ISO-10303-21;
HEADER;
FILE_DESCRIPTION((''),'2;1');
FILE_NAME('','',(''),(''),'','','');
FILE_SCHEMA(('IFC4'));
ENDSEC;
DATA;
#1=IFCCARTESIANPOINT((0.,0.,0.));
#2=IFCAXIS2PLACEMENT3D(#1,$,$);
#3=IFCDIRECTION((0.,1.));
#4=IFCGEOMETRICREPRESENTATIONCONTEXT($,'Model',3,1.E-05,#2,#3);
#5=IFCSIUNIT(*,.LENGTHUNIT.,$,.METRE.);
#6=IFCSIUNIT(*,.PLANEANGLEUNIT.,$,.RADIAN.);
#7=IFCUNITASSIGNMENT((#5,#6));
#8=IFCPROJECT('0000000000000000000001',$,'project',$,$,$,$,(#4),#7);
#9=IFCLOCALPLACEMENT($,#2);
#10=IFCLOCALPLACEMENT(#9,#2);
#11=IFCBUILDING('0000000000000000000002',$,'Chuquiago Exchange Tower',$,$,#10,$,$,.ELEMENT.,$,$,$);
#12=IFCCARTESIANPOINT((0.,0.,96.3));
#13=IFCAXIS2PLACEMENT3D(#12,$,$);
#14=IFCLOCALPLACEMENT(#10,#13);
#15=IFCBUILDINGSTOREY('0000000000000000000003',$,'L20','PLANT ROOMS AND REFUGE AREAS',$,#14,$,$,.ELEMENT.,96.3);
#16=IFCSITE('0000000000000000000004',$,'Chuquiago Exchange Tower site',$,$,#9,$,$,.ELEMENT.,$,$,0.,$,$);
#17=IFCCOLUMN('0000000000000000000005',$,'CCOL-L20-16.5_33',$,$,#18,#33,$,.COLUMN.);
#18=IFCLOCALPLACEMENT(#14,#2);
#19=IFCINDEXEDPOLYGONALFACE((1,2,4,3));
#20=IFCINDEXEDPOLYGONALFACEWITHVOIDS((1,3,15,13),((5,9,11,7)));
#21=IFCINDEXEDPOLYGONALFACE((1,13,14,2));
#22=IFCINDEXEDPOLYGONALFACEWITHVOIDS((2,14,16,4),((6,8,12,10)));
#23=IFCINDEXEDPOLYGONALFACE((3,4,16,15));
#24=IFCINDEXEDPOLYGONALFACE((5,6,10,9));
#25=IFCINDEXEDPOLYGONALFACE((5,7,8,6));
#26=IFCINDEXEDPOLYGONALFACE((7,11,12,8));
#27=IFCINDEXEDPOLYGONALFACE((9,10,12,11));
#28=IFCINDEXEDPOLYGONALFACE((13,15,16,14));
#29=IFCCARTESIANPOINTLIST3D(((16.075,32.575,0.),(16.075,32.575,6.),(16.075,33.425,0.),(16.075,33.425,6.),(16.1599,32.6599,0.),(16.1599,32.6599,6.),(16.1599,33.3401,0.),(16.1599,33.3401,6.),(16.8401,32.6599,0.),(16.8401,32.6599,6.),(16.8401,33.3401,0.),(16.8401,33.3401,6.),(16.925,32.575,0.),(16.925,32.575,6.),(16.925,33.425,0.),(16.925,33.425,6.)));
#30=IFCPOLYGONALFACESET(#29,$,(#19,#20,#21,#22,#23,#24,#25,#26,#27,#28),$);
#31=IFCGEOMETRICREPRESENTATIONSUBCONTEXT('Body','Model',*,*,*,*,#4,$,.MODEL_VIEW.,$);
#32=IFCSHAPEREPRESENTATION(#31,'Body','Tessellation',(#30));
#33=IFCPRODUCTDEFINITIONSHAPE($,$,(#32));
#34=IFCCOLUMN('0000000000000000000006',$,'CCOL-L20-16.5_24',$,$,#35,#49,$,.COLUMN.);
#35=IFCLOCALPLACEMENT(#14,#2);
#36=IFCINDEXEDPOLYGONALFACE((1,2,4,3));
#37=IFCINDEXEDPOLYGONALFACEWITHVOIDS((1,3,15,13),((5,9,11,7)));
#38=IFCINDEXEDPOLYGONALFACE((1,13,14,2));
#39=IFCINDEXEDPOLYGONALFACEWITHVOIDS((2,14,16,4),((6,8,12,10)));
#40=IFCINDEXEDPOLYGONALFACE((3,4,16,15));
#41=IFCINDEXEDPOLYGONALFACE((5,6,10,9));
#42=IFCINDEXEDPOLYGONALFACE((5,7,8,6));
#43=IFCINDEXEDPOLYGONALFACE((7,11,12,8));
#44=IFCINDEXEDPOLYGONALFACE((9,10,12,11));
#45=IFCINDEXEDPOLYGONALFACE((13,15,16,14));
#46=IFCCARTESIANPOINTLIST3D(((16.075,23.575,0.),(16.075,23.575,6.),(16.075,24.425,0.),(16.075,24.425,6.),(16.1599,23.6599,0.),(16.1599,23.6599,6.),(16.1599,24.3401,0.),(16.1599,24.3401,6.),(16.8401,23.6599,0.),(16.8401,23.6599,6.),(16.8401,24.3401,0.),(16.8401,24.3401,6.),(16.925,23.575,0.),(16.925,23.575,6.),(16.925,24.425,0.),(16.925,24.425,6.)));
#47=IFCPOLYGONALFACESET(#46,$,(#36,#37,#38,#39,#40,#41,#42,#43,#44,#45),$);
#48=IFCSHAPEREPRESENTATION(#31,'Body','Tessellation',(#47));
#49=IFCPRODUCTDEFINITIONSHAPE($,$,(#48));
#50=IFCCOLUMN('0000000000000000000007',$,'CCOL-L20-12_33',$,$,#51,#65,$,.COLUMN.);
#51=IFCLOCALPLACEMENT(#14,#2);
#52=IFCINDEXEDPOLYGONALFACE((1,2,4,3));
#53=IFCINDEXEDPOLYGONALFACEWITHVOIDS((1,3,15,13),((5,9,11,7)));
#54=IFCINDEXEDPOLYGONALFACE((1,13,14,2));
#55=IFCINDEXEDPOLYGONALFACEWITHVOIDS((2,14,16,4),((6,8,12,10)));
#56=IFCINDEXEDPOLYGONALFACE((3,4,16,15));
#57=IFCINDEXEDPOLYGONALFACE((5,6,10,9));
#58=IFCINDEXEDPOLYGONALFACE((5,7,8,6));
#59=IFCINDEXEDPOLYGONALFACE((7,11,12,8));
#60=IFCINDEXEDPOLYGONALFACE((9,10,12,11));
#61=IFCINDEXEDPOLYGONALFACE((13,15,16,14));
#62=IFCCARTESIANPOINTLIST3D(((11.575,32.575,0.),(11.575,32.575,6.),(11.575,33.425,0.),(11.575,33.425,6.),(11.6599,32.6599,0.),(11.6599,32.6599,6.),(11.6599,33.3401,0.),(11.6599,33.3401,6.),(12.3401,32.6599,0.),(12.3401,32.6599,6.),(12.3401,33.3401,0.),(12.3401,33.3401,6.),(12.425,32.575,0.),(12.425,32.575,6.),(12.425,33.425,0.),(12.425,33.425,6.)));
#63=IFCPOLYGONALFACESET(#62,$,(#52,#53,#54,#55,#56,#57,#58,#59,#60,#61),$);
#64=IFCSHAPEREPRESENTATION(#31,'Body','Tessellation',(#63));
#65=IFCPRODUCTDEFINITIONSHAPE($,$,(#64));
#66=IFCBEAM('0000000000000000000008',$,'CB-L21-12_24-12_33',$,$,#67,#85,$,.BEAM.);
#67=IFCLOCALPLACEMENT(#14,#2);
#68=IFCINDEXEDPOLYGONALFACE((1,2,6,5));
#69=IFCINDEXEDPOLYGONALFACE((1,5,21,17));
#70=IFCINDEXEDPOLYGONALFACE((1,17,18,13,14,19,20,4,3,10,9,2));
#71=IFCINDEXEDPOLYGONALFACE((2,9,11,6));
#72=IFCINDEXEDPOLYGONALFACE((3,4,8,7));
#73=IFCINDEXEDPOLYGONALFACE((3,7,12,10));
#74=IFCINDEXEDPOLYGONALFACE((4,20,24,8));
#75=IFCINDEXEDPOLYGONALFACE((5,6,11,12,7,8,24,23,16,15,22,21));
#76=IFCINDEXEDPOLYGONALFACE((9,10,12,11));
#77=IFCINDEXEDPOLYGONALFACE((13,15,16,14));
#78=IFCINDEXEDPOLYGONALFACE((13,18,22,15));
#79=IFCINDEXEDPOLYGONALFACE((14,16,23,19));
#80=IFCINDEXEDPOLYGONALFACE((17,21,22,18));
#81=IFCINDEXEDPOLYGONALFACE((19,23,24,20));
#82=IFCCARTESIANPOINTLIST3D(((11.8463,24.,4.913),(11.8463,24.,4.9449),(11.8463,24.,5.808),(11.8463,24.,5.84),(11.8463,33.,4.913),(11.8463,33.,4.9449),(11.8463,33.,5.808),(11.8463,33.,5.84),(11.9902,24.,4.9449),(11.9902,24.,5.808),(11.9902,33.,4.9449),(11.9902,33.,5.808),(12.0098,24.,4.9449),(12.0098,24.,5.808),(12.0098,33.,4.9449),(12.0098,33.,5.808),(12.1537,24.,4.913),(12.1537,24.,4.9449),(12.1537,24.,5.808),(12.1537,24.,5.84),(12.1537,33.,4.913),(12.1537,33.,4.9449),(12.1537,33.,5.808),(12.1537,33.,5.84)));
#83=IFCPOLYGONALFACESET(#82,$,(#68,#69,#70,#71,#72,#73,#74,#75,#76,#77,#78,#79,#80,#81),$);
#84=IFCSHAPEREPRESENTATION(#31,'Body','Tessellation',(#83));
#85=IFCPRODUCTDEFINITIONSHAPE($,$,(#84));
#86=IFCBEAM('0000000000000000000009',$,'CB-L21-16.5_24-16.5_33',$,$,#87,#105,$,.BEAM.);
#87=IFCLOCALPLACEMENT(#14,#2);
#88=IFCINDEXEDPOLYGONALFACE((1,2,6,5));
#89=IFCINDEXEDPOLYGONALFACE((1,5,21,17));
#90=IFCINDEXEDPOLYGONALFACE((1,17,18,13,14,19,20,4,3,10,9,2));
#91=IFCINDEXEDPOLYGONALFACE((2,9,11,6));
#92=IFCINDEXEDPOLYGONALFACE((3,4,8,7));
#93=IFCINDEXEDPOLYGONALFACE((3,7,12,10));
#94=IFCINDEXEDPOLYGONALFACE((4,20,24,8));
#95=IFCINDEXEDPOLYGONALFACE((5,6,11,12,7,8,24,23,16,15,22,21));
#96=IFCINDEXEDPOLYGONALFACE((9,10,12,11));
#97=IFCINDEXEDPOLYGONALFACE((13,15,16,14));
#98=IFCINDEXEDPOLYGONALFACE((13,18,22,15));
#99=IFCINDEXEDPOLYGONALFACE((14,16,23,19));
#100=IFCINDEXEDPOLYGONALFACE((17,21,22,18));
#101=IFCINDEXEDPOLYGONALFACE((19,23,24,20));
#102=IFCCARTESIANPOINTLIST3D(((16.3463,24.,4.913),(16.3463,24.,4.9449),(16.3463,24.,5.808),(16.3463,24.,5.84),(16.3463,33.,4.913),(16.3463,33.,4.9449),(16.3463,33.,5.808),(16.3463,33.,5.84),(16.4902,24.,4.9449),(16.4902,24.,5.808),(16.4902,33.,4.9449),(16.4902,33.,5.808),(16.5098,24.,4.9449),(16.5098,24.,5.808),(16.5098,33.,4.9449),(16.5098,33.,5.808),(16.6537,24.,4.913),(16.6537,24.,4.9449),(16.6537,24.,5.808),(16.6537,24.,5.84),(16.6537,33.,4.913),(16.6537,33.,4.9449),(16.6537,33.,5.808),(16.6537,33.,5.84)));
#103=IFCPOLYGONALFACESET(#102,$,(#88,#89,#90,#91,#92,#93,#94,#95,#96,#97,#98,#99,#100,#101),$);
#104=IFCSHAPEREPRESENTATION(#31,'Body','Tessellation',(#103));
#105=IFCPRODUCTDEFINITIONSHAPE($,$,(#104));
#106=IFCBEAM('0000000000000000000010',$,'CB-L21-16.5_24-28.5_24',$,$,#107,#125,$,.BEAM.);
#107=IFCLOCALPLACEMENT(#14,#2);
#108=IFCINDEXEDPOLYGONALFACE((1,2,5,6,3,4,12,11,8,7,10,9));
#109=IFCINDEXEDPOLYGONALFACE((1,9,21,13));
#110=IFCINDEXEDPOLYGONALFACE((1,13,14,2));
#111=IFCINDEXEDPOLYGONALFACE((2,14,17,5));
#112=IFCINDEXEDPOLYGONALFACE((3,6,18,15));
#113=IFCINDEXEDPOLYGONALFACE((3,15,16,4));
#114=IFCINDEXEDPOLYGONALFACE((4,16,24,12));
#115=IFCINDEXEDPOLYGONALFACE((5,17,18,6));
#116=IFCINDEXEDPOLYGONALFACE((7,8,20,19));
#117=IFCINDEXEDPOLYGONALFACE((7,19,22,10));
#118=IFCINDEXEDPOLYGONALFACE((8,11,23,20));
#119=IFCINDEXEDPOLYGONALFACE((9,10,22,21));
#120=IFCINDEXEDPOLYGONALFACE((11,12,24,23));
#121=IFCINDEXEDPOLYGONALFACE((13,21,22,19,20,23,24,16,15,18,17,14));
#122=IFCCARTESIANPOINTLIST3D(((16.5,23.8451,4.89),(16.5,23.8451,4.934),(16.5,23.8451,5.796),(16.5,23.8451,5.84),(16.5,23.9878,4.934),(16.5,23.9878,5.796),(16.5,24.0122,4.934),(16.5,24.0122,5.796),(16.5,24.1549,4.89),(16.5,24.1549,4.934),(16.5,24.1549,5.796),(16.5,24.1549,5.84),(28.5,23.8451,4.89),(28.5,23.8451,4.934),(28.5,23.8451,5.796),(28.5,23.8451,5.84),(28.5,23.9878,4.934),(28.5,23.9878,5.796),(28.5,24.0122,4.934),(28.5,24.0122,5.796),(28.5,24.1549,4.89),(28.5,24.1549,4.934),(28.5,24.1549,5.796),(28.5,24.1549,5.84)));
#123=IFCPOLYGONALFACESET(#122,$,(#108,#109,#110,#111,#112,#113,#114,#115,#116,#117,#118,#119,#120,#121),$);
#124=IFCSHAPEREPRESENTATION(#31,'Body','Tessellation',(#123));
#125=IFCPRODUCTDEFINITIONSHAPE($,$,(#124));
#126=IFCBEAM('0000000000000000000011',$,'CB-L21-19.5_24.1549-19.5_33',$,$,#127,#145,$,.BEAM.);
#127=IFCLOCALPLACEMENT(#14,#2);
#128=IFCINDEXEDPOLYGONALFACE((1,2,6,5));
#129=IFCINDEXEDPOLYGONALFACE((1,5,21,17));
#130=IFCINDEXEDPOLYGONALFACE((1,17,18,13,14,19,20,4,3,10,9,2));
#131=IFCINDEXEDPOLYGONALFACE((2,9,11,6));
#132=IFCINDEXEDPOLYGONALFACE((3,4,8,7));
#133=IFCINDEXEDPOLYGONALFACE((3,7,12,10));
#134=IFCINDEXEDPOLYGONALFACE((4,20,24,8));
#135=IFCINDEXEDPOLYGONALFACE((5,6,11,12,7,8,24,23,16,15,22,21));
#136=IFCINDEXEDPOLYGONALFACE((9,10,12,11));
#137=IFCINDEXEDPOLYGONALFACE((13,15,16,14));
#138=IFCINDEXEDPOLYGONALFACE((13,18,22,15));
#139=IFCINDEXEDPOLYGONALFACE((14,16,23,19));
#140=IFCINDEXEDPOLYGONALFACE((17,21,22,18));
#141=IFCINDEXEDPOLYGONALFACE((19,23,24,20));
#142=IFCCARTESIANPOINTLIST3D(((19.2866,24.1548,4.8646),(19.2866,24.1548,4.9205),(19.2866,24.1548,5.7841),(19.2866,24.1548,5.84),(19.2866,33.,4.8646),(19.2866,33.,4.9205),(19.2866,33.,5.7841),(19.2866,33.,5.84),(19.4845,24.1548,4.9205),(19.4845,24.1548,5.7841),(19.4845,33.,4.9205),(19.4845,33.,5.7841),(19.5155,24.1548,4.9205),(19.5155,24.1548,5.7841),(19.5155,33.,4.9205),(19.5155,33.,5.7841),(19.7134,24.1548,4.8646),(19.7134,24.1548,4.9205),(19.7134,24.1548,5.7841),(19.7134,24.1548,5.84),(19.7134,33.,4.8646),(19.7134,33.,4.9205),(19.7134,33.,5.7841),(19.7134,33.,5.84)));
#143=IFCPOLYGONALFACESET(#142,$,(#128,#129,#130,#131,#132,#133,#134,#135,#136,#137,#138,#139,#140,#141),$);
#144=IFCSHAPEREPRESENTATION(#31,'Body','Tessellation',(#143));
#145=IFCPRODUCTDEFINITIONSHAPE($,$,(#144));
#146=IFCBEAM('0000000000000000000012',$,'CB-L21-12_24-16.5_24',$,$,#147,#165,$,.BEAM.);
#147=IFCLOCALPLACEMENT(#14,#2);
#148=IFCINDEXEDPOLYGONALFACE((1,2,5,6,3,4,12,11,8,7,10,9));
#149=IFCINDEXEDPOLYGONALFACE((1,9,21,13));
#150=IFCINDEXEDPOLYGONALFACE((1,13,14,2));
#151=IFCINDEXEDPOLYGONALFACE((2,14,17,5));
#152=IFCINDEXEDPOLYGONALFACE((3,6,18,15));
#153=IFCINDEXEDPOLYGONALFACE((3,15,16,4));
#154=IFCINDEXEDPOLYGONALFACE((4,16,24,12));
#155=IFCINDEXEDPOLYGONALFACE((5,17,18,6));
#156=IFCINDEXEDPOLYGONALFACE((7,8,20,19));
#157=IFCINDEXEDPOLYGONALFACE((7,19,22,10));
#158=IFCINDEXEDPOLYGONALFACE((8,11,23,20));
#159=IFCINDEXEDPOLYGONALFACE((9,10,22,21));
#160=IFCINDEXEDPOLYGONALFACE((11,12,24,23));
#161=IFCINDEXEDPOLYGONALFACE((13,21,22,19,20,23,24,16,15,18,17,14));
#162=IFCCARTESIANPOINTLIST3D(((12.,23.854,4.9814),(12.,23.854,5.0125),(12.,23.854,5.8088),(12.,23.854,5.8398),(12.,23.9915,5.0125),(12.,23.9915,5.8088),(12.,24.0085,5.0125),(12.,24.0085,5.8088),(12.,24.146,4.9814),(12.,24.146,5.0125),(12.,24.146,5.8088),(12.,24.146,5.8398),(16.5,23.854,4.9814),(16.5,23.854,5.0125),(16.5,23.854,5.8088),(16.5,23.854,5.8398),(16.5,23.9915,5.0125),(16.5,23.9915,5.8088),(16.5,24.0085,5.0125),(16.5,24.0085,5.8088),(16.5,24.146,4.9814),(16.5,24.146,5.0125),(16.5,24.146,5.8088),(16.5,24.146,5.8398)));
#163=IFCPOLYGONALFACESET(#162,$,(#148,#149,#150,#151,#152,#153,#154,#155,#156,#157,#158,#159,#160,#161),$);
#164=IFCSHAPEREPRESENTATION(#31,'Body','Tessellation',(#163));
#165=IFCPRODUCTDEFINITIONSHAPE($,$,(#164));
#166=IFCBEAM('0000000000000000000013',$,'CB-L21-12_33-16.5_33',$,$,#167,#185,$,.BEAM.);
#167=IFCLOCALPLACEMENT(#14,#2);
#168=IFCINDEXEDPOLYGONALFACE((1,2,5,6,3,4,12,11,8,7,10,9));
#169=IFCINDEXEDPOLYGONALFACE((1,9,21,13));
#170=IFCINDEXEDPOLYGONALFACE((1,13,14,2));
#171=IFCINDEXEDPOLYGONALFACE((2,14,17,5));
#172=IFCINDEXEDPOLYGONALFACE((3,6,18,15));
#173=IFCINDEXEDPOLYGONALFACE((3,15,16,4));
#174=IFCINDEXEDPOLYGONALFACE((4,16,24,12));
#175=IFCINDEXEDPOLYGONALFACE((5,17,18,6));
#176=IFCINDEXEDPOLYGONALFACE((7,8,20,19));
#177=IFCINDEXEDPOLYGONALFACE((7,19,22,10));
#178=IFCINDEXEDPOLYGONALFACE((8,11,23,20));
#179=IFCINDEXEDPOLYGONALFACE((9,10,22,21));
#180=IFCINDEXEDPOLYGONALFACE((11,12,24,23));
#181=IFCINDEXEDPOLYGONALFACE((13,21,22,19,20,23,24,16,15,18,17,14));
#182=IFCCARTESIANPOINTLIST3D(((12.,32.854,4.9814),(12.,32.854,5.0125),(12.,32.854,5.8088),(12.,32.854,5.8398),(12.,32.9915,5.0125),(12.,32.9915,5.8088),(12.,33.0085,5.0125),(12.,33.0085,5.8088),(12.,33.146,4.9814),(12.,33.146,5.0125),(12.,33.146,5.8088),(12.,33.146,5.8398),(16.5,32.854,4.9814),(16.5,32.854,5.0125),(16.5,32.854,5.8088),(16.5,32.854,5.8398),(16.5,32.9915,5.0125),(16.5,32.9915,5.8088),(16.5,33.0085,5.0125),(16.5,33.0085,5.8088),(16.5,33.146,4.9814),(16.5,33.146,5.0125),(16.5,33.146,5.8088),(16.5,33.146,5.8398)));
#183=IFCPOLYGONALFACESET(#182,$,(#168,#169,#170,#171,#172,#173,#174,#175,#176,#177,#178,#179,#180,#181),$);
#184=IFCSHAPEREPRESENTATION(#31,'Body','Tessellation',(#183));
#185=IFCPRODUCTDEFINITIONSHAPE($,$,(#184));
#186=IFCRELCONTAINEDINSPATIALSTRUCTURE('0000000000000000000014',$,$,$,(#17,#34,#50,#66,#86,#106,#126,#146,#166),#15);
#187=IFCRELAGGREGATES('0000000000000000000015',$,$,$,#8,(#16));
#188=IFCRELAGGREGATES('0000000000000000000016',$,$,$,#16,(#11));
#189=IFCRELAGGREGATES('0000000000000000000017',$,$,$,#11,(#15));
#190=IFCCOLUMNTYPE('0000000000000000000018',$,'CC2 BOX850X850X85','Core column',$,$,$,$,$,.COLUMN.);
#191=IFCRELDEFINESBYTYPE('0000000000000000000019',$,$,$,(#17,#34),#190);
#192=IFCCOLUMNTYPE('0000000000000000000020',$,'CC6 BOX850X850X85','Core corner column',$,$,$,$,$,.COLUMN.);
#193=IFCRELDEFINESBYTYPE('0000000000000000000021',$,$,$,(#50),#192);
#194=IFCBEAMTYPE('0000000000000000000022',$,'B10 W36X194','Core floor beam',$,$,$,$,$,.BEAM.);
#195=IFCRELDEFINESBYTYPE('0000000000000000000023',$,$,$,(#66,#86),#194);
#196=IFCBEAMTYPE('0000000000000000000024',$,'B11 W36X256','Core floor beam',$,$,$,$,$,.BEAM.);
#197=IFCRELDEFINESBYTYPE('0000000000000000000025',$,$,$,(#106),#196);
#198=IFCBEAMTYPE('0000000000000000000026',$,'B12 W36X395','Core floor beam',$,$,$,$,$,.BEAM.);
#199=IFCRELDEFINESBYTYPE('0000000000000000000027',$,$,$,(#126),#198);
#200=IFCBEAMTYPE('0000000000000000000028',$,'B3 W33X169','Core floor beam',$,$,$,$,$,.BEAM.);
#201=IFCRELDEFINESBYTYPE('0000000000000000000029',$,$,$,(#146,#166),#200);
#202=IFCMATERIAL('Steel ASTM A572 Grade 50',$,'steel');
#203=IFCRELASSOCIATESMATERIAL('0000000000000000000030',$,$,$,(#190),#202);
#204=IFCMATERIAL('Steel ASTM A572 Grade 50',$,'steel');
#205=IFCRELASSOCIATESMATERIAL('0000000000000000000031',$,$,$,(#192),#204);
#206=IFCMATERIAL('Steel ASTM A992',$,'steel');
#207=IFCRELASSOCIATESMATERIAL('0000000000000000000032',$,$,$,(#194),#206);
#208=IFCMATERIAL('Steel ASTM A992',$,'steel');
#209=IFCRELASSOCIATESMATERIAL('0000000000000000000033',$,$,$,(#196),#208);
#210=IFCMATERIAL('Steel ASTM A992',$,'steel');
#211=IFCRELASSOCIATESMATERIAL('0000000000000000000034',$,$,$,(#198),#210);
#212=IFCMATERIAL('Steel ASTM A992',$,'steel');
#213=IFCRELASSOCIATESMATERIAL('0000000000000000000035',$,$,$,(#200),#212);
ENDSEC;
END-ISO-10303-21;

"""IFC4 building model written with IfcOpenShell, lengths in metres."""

from ifc_helpers import new_model, si_unit, direction, frame, origin, origin_2d, place, context, subcontext, project, spatial, hollow_rectangle, i_section, extrude, material, material_profile, profile_set, type_object, element, save


model = new_model("IFC4")

# Units and contexts
model_context = context("Model", 3, precision=1e-05, world=origin(), true_north=direction((0.0, 1.0)))
body_context = subcontext(model_context, "Body", "Model", "MODEL_VIEW")
ifc_project = project(units=[si_unit("LENGTHUNIT", "METRE"), si_unit("PLANEANGLEUNIT", "RADIAN")], contexts=[model_context])

# Site, building, storey
site_placement = place(None, origin())
site = spatial("IfcSite", under=ifc_project, at=site_placement, Name="Chuquiago Exchange Tower site", CompositionType="ELEMENT", RefElevation=0.0)
building_placement = place(site_placement, origin())
building = spatial("IfcBuilding", under=site, at=building_placement, Name="Chuquiago Exchange Tower", CompositionType="ELEMENT")
storey_placement = place(building_placement, frame((0.0, 0.0, 96.3)))
storey = spatial("IfcBuildingStorey", under=building, at=storey_placement, Name="L20", Description="PLANT ROOMS AND REFUGE AREAS", CompositionType="ELEMENT", Elevation=96.3)

# Columns
ifc_material_1 = material(Name="Steel ASTM A572 Grade 50", Category="steel")
ifc_material_profile_1 = material_profile(ifc_material_1, hollow_rectangle(XDim=0.8501, YDim=0.8501, WallThickness=0.085, at=origin_2d()), Name="BOX850X850X85")
ifc_profile_set_1 = profile_set([ifc_material_profile_1], Name="Steel ASTM A572 Grade 50")
column_type_1 = type_object("IfcColumnType", Name="CC2 BOX850X850X85", Description="Core column", PredefinedType="COLUMN", material=ifc_profile_set_1)
for number, where, z_axis, x_axis, name in (
    (1, (16.5, 33.0, 0.0), (0.0, 0.0, 1.0), (1.0, 0.0, 0.0), "CCOL-L20-16.5_33"),
    (2, (16.5, 24.0, 0.0), (0.0, 0.0, 1.0), (1.0, 0.0, 0.0), "CCOL-L20-16.5_24"),
):
    element("IfcColumn", number, at=place(storey_placement, frame(where, z_axis=z_axis, x_axis=x_axis)), inside=storey, type_object=column_type_1, Name=name, PredefinedType="COLUMN", context=body_context, shape_type="SweptSolid", body=[
        extrude(hollow_rectangle(XDim=0.8501, YDim=0.8501, WallThickness=0.085, at=origin_2d()), origin(), (0.0, 0.0, 1.0), 6.0),
    ])
ifc_material_2 = material(Name="Steel ASTM A572 Grade 50", Category="steel")
ifc_material_profile_2 = material_profile(ifc_material_2, hollow_rectangle(XDim=0.8501, YDim=0.8501, WallThickness=0.085, at=origin_2d()), Name="BOX850X850X85")
ifc_profile_set_2 = profile_set([ifc_material_profile_2], Name="Steel ASTM A572 Grade 50")
column_type_2 = type_object("IfcColumnType", Name="CC6 BOX850X850X85", Description="Core corner column", PredefinedType="COLUMN", material=ifc_profile_set_2)
column_placement = place(storey_placement, frame((12.0, 33.0, 0.0), z_axis=(0.0, 0.0, 1.0), x_axis=(1.0, 0.0, 0.0)))
element("IfcColumn", 3, at=column_placement, inside=storey, type_object=column_type_2, Name="CCOL-L20-12_33", PredefinedType="COLUMN", context=body_context, shape_type="SweptSolid", body=[
    extrude(hollow_rectangle(XDim=0.8501, YDim=0.8501, WallThickness=0.085, at=origin_2d()), origin(), (0.0, 0.0, 1.0), 6.0),
])

# Beams
ifc_material_3 = material(Name="Steel ASTM A992", Category="steel")
ifc_material_profile_3 = material_profile(ifc_material_3, i_section(OverallWidth=0.3074, OverallDepth=0.927, WebThickness=0.0195, FlangeThickness=0.032, at=origin_2d()), Name="W36X194")
ifc_profile_set_3 = profile_set([ifc_material_profile_3], Name="Steel ASTM A992")
beam_type_1 = type_object("IfcBeamType", Name="B10 W36X194", Description="Core floor beam", PredefinedType="BEAM", material=ifc_profile_set_3)
for number, where, z_axis, x_axis, name in (
    (4, (12.0, 24.0, 5.3765), (0.0, 1.0, 0.0), (-1.0, 0.0, 0.0), "CB-L21-12_24-12_33"),
    (5, (16.5, 24.0, 5.3765), (0.0, 1.0, 0.0), (-1.0, 0.0, 0.0), "CB-L21-16.5_24-16.5_33"),
):
    element("IfcBeam", number, at=place(storey_placement, frame(where, z_axis=z_axis, x_axis=x_axis)), inside=storey, type_object=beam_type_1, Name=name, PredefinedType="BEAM", context=body_context, shape_type="SweptSolid", body=[
        extrude(i_section(OverallWidth=0.3074, OverallDepth=0.927, WebThickness=0.0195, FlangeThickness=0.032, at=origin_2d()), origin(), (0.0, 0.0, 1.0), 9.0),
    ])
ifc_material_4 = material(Name="Steel ASTM A992", Category="steel")
ifc_material_profile_4 = material_profile(ifc_material_4, i_section(OverallWidth=0.3098, OverallDepth=0.95, WebThickness=0.0244, FlangeThickness=0.0439, at=origin_2d()), Name="W36X256")
ifc_profile_set_4 = profile_set([ifc_material_profile_4], Name="Steel ASTM A992")
beam_type_2 = type_object("IfcBeamType", Name="B11 W36X256", Description="Core floor beam", PredefinedType="BEAM", material=ifc_profile_set_4)
beam_1_placement = place(storey_placement, frame((16.5, 24.0, 5.365), z_axis=(1.0, 0.0, 0.0), x_axis=(0.0, 1.0, 0.0)))
element("IfcBeam", 6, at=beam_1_placement, inside=storey, type_object=beam_type_2, Name="CB-L21-16.5_24-28.5_24", PredefinedType="BEAM", context=body_context, shape_type="SweptSolid", body=[
    extrude(i_section(OverallWidth=0.3098, OverallDepth=0.95, WebThickness=0.0244, FlangeThickness=0.0439, at=origin_2d()), origin(), (0.0, 0.0, 1.0), 12.0),
])
ifc_material_5 = material(Name="Steel ASTM A992", Category="steel")
ifc_material_profile_5 = material_profile(ifc_material_5, i_section(OverallWidth=0.4268, OverallDepth=0.9753, WebThickness=0.031, FlangeThickness=0.0559, at=origin_2d()), Name="W36X395")
ifc_profile_set_5 = profile_set([ifc_material_profile_5], Name="Steel ASTM A992")
beam_type_3 = type_object("IfcBeamType", Name="B12 W36X395", Description="Core floor beam", PredefinedType="BEAM", material=ifc_profile_set_5)
beam_2_placement = place(storey_placement, frame((19.5, 24.1548, 5.3523), z_axis=(0.0, 1.0, 0.0), x_axis=(-1.0, 0.0, 0.0)))
element("IfcBeam", 7, at=beam_2_placement, inside=storey, type_object=beam_type_3, Name="CB-L21-19.5_24.1549-19.5_33", PredefinedType="BEAM", context=body_context, shape_type="SweptSolid", body=[
    extrude(i_section(OverallWidth=0.4268, OverallDepth=0.9753, WebThickness=0.031, FlangeThickness=0.0559, at=origin_2d()), origin(), (0.0, 0.0, 1.0), 8.8452),
])
ifc_material_6 = material(Name="Steel ASTM A992", Category="steel")
ifc_material_profile_6 = material_profile(ifc_material_6, i_section(OverallWidth=0.292, OverallDepth=0.8584, WebThickness=0.0171, FlangeThickness=0.031, at=origin_2d()), Name="W33X169")
ifc_profile_set_6 = profile_set([ifc_material_profile_6], Name="Steel ASTM A992")
beam_type_4 = type_object("IfcBeamType", Name="B3 W33X169", Description="Core floor beam", PredefinedType="BEAM", material=ifc_profile_set_6)
for number, where, z_axis, x_axis, name in (
    (8, (12.0, 24.0, 5.4106), (1.0, 0.0, 0.0), (0.0, 1.0, 0.0), "CB-L21-12_24-16.5_24"),
    (9, (12.0, 33.0, 5.4106), (1.0, 0.0, 0.0), (0.0, 1.0, 0.0), "CB-L21-12_33-16.5_33"),
):
    element("IfcBeam", number, at=place(storey_placement, frame(where, z_axis=z_axis, x_axis=x_axis)), inside=storey, type_object=beam_type_4, Name=name, PredefinedType="BEAM", context=body_context, shape_type="SweptSolid", body=[
        extrude(i_section(OverallWidth=0.292, OverallDepth=0.8584, WebThickness=0.0171, FlangeThickness=0.031, at=origin_2d()), origin(), (0.0, 0.0, 1.0), 4.5),
    ])

save(model, "model.ifc")
